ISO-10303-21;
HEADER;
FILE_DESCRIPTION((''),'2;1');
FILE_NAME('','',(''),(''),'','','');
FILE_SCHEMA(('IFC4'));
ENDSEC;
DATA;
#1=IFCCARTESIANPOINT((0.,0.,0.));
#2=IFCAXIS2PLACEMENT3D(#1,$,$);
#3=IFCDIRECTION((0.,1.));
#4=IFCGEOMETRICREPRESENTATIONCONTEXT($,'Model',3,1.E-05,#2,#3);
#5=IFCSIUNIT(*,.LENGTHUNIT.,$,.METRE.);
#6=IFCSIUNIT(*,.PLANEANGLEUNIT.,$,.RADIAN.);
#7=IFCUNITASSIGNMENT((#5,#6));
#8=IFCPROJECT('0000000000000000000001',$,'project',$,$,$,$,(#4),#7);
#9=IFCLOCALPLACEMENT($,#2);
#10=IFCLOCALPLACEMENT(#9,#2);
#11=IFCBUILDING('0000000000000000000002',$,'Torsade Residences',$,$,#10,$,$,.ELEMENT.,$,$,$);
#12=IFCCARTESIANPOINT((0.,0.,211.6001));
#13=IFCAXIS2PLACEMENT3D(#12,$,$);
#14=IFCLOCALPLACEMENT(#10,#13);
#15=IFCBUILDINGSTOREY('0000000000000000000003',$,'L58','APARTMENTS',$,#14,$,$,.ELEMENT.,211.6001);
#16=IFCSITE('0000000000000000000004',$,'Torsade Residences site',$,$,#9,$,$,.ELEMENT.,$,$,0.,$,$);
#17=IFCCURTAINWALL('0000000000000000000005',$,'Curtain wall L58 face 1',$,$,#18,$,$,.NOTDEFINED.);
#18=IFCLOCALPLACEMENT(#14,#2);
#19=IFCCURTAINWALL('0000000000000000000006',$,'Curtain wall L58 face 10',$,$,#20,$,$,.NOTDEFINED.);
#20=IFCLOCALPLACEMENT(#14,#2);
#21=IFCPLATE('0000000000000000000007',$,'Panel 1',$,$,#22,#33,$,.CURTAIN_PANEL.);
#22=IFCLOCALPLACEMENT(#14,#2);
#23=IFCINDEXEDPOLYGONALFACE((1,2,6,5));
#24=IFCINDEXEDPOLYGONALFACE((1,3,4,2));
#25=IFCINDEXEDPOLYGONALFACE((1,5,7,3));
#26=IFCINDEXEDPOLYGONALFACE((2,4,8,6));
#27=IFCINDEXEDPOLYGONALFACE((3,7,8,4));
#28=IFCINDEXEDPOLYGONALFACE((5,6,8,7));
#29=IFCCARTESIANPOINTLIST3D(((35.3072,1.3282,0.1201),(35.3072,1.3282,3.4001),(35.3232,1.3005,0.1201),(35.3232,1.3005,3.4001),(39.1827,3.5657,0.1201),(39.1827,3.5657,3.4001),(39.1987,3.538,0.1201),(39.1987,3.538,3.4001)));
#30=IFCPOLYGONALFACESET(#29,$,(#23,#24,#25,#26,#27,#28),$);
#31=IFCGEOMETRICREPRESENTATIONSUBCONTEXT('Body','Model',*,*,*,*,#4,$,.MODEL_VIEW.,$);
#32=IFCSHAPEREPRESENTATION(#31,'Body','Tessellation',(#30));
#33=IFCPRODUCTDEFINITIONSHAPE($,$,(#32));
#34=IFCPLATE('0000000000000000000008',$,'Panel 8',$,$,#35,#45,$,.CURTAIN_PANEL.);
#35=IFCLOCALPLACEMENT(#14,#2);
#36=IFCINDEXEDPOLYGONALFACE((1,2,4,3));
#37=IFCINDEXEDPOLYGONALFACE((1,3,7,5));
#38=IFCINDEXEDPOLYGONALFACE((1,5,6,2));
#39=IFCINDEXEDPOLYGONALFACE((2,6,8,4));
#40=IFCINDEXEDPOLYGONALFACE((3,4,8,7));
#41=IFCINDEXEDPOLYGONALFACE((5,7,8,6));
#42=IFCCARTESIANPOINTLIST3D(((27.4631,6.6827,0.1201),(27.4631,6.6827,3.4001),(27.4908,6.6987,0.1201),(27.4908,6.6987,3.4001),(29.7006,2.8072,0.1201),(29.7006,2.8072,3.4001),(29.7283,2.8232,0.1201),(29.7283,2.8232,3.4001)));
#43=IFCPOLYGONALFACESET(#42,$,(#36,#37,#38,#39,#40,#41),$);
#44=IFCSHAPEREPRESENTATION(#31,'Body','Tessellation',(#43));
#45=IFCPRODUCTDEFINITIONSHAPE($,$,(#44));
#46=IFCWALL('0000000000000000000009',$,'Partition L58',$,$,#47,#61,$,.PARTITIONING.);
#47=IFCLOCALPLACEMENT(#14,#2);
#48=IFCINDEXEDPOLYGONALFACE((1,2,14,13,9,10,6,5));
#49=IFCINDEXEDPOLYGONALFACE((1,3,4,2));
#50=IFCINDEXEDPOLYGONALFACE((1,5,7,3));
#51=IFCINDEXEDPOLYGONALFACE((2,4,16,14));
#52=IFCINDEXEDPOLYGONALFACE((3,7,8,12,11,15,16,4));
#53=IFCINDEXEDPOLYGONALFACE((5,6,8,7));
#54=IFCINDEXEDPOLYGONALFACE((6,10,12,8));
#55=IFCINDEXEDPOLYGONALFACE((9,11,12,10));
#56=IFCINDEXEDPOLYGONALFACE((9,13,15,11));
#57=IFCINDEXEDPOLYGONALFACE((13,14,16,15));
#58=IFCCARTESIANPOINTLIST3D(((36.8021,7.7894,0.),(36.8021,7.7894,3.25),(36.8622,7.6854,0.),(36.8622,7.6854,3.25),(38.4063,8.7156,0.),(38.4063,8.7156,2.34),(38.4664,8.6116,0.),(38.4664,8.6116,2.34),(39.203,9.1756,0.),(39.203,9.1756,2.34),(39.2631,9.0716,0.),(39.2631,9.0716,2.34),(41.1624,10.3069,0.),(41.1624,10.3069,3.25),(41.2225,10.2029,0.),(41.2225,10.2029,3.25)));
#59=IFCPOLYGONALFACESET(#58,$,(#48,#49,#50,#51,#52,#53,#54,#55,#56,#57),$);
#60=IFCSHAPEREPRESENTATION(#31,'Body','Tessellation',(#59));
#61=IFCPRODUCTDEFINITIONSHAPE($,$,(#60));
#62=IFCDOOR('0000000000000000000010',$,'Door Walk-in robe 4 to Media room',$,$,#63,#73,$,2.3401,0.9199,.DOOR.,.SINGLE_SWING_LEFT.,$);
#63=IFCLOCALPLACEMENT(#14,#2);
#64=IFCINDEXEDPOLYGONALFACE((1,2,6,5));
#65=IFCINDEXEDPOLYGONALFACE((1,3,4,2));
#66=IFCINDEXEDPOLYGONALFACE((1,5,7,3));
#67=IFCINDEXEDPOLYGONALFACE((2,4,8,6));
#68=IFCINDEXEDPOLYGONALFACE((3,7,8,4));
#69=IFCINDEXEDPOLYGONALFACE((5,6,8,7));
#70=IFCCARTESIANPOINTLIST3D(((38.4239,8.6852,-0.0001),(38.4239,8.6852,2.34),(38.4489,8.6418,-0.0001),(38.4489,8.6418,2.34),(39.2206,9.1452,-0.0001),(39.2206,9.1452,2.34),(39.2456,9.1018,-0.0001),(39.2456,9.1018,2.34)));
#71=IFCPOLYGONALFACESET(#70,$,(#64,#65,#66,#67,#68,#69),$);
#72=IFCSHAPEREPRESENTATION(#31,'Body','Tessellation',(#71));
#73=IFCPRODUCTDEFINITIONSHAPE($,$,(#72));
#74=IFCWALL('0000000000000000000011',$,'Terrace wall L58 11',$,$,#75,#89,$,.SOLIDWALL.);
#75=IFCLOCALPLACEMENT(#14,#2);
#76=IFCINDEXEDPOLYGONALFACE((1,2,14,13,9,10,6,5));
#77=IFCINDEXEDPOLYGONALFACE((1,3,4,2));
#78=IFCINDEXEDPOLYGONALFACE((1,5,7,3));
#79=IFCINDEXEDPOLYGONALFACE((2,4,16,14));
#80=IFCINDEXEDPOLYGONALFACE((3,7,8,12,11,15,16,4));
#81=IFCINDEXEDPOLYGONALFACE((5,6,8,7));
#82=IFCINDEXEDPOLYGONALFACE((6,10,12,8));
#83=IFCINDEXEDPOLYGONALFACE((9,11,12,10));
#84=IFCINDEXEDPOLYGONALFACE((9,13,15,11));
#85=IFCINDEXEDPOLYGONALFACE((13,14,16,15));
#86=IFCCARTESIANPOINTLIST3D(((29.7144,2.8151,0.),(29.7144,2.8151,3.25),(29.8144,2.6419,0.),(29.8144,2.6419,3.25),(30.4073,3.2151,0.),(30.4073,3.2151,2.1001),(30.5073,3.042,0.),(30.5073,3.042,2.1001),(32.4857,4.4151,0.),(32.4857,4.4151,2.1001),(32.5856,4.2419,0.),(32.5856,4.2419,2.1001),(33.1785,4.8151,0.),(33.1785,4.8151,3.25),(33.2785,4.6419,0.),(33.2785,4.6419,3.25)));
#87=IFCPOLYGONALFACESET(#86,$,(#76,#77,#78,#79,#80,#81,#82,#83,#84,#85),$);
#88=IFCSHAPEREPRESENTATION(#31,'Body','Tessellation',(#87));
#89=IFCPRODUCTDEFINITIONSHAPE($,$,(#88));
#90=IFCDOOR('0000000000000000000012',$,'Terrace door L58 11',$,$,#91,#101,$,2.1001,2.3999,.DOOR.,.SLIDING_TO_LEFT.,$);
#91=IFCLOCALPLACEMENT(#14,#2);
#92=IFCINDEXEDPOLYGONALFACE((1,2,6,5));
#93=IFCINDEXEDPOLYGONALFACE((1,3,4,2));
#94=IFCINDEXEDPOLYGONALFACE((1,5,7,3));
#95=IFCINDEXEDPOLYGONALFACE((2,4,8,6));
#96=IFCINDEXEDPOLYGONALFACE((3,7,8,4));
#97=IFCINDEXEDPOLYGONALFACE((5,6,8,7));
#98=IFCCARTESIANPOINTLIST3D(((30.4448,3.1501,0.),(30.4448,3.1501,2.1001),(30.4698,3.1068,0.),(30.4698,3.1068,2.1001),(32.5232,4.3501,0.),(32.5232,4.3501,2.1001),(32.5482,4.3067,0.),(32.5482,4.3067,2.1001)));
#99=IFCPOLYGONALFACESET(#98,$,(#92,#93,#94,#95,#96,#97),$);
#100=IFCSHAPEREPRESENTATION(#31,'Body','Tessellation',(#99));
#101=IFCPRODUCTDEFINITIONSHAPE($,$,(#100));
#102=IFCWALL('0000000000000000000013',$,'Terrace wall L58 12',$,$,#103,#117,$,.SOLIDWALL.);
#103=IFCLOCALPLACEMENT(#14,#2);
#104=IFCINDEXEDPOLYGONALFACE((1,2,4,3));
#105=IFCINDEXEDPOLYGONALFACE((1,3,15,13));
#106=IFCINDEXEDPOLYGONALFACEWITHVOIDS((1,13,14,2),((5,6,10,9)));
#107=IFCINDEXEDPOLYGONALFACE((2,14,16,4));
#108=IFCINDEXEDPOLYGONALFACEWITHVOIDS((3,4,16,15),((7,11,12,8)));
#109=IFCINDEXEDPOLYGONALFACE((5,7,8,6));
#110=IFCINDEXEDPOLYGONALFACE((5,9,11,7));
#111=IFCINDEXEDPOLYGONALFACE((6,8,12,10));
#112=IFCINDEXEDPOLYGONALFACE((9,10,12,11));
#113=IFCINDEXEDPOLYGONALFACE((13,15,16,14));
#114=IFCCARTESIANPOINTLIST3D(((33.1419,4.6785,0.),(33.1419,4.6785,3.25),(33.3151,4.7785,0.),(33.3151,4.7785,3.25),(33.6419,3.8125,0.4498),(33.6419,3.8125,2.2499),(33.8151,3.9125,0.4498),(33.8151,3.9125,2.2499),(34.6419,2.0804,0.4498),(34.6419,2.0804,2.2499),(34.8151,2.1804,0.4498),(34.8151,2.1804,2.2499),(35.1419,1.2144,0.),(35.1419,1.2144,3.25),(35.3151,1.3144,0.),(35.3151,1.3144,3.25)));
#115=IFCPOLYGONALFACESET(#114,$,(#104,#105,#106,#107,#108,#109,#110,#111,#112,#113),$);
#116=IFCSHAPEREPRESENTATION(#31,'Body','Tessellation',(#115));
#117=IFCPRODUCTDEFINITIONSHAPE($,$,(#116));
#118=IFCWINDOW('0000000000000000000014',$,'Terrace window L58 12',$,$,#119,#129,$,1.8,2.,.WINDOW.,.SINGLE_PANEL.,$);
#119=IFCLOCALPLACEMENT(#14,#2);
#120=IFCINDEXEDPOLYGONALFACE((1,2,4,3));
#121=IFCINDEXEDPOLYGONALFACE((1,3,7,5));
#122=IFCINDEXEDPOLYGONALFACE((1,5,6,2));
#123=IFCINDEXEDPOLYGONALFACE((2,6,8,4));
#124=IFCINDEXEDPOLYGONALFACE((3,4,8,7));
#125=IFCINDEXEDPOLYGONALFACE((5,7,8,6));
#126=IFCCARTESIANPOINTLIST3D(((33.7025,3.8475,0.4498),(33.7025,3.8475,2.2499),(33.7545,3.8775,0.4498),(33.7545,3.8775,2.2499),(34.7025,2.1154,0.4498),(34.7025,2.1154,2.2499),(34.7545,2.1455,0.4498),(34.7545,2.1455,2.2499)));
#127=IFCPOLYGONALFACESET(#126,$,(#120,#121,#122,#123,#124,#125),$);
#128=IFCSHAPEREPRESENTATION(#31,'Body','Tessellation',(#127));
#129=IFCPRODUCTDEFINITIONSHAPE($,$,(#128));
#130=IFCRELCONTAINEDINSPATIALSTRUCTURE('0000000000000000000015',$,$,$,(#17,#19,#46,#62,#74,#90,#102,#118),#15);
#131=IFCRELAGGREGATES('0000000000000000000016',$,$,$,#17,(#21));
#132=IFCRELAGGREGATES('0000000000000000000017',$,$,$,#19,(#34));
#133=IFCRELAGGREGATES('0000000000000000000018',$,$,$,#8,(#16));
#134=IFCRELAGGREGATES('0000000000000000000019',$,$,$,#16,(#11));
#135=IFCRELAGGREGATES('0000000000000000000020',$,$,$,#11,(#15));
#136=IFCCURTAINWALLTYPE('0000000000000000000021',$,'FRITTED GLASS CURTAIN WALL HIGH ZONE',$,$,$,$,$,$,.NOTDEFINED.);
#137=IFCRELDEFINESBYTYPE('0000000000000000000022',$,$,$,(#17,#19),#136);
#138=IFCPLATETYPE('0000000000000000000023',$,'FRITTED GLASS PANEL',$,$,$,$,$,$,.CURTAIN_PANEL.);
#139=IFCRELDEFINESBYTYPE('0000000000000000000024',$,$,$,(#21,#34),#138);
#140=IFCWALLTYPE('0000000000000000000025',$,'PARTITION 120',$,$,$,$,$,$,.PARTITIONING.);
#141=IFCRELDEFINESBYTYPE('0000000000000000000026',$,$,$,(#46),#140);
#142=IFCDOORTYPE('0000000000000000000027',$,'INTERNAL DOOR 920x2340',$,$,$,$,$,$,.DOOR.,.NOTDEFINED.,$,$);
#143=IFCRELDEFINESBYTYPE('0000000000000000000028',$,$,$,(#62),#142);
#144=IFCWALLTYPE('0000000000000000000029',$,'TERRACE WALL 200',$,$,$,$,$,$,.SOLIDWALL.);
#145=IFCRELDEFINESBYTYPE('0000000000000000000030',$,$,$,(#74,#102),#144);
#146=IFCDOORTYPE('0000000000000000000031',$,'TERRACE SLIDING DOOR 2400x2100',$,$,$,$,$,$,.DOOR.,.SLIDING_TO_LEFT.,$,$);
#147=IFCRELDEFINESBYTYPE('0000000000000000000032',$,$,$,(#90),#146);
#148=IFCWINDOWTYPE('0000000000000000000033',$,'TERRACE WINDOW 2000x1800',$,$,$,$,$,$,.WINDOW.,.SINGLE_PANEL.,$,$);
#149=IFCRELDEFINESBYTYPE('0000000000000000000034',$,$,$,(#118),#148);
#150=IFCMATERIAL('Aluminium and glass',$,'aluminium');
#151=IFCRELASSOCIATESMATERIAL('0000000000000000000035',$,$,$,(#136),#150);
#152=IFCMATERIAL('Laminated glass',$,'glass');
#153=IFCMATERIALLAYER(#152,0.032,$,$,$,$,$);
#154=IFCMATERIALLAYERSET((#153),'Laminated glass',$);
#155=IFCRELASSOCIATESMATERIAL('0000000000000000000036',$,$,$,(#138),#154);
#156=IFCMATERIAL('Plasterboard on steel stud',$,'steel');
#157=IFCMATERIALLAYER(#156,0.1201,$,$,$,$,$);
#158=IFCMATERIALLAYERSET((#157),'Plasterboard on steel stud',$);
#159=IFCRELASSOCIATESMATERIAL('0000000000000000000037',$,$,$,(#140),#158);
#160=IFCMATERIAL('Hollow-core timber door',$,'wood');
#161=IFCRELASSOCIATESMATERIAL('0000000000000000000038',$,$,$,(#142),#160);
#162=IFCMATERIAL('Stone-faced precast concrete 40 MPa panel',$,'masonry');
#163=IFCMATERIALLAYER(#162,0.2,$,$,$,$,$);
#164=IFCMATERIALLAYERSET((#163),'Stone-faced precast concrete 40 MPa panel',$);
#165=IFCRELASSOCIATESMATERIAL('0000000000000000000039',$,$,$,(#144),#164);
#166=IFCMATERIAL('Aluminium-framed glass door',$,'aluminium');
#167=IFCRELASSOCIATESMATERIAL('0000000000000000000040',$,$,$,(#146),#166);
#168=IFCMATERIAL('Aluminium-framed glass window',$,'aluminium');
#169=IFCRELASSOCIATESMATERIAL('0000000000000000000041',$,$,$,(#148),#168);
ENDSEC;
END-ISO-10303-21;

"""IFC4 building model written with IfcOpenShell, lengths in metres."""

from ifc_helpers import new_model, si_unit, direction, frame, frame_2d, origin, origin_2d, place, context, subcontext, project, spatial, rectangle, extrude, material, layer, layer_set, type_object, element, fill, aggregate, save


model = new_model("IFC4")

# Units and contexts
model_context = context("Model", 3, precision=1e-05, world=origin(), true_north=direction((0.0, 1.0)))
body_context = subcontext(model_context, "Body", "Model", "MODEL_VIEW")
ifc_project = project(units=[si_unit("LENGTHUNIT", "METRE"), si_unit("PLANEANGLEUNIT", "RADIAN")], contexts=[model_context])

# Site, building, storey
site_placement = place(None, origin())
site = spatial("IfcSite", under=ifc_project, at=site_placement, Name="Torsade Residences site", CompositionType="ELEMENT", RefElevation=0.0)
building_placement = place(site_placement, origin())
building = spatial("IfcBuilding", under=site, at=building_placement, Name="Torsade Residences", CompositionType="ELEMENT")
storey_placement = place(building_placement, frame((0.0, 0.0, 211.6001)))
storey = spatial("IfcBuildingStorey", under=building, at=storey_placement, Name="L58", Description="APARTMENTS", CompositionType="ELEMENT", Elevation=211.6001)

# Curtain walls
ifc_material_1 = material(Name="Aluminium and glass", Category="aluminium")
curtain_wall_type = type_object("IfcCurtainWallType", Name="FRITTED GLASS CURTAIN WALL HIGH ZONE", PredefinedType="NOTDEFINED", material=ifc_material_1)
curtain_wall_1_placement = place(storey_placement, origin())
curtain_wall_1 = element("IfcCurtainWall", 1, at=curtain_wall_1_placement, inside=storey, type_object=curtain_wall_type, Name="Curtain wall L58 face 1", PredefinedType="NOTDEFINED")
curtain_wall_2_placement = place(storey_placement, origin())
curtain_wall_2 = element("IfcCurtainWall", 2, at=curtain_wall_2_placement, inside=storey, type_object=curtain_wall_type, Name="Curtain wall L58 face 10", PredefinedType="NOTDEFINED")

# Plates
ifc_material_2 = material(Name="Laminated glass", Category="glass")
ifc_layer_1 = layer(ifc_material_2, 0.032)
ifc_layer_set_1 = layer_set([ifc_layer_1], Name="Laminated glass")
plate_type = type_object("IfcPlateType", Name="FRITTED GLASS PANEL", PredefinedType="CURTAIN_PANEL", material=ifc_layer_set_1)
plate_1_placement = place(storey_placement, frame((37.2529, 2.4331, 0.1201), z_axis=(0.0, 0.0, 1.0), x_axis=(0.866025, 0.5, 0.0)))
plate_1 = element("IfcPlate", 3, at=plate_1_placement, type_object=plate_type, Name="Panel 1", PredefinedType="CURTAIN_PANEL", context=body_context, shape_type="SweptSolid", body=[
    extrude(rectangle(XDim=4.4751, YDim=0.032, at=origin_2d()), origin(), (0.0, 0.0, 1.0), 3.28),
])
aggregate(curtain_wall_1, [plate_1])
plate_2_placement = place(storey_placement, frame((28.5957, 4.7529, 0.1201), z_axis=(0.0, 0.0, 1.0), x_axis=(0.5, -0.866025, 0.0)))
plate_2 = element("IfcPlate", 4, at=plate_2_placement, type_object=plate_type, Name="Panel 8", PredefinedType="CURTAIN_PANEL", context=body_context, shape_type="SweptSolid", body=[
    extrude(rectangle(XDim=4.4751, YDim=0.032, at=origin_2d()), origin(), (0.0, 0.0, 1.0), 3.28),
])
aggregate(curtain_wall_2, [plate_2])

# Walls, openings, doors
ifc_material_3 = material(Name="Plasterboard on steel stud", Category="steel")
ifc_layer_2 = layer(ifc_material_3, 0.1201)
ifc_layer_set_2 = layer_set([ifc_layer_2], Name="Plasterboard on steel stud")
wall_type_1 = type_object("IfcWallType", Name="PARTITION 120", PredefinedType="PARTITIONING", material=ifc_layer_set_2)
wall_1_placement = place(storey_placement, frame((36.832, 7.7373, 0.0), z_axis=(0.0, 0.0, 1.0), x_axis=(0.866014, 0.500019, 0.0)))
wall_1 = element("IfcWall", 5, at=wall_1_placement, inside=storey, type_object=wall_type_1, Name="Partition L58", PredefinedType="PARTITIONING", context=body_context, shape_type="SweptSolid", body=[
    extrude(rectangle(XDim=5.0349, YDim=0.1201, at=frame_2d((2.5176, 0.0))), origin(), (0.0, 0.0, 1.0), 3.25),
])
opening_1_placement = place(wall_1_placement, frame((1.8525, 0.0, 0.0)))
opening_1 = element("IfcOpeningElement", 6, at=opening_1_placement, cuts=wall_1, PredefinedType="OPENING", context=body_context, shape_type="SweptSolid", body=[
    extrude(rectangle(XDim=0.9199, YDim=2.3401, at=frame_2d((0.46, 1.1699))), frame((0.0, 0.0701, 0.0), z_axis=(0.0, -1.0, 0.0), x_axis=(1.0, 0.0, 0.0)), (0.0, 0.0, 1.0), 0.1401),
])
ifc_material_4 = material(Name="Hollow-core timber door", Category="wood")
door_type_1 = type_object("IfcDoorType", Name="INTERNAL DOOR 920x2340", OperationType="NOTDEFINED", PredefinedType="DOOR", material=ifc_material_4)
door_1_placement = place(opening_1_placement, origin())
door_1 = element("IfcDoor", 7, at=door_1_placement, inside=storey, type_object=door_type_1, Name="Door Walk-in robe 4 to Media room", OperationType="SINGLE_SWING_LEFT", OverallHeight=2.3401, OverallWidth=0.9199, PredefinedType="DOOR", context=body_context, shape_type="SweptSolid", body=[
    extrude(rectangle(XDim=0.9199, YDim=2.3401, at=frame_2d((0.46, 1.1699))), frame((0.0, 0.0249, 0.0), z_axis=(0.0, -1.0, 0.0), x_axis=(1.0, 0.0, 0.0)), (0.0, 0.0, 1.0), 0.05),
])
fill(opening_1, door_1)
ifc_material_5 = material(Name="Stone-faced precast concrete 40 MPa panel", Category="masonry")
ifc_layer_3 = layer(ifc_material_5, 0.2)
ifc_layer_set_3 = layer_set([ifc_layer_3], Name="Stone-faced precast concrete 40 MPa panel")
wall_type_2 = type_object("IfcWallType", Name="TERRACE WALL 200", PredefinedType="SOLIDWALL", material=ifc_layer_set_3)
wall_2_placement = place(storey_placement, frame((29.7644, 2.7285, 0.0), z_axis=(0.0, 0.0, 1.0), x_axis=(0.866026, 0.499999, 0.0)))
wall_2 = element("IfcWall", 8, at=wall_2_placement, inside=storey, type_object=wall_type_2, Name="Terrace wall L58 11", PredefinedType="SOLIDWALL", context=body_context, shape_type="SweptSolid", body=[
    extrude(rectangle(XDim=4.0, YDim=0.2, at=frame_2d((2.0, 0.0))), origin(), (0.0, 0.0, 1.0), 3.25),
])
opening_2_placement = place(wall_2_placement, frame((0.8, 0.0, 0.0)))
opening_2 = element("IfcOpeningElement", 9, at=opening_2_placement, cuts=wall_2, PredefinedType="OPENING", context=body_context, shape_type="SweptSolid", body=[
    extrude(rectangle(XDim=2.3999, YDim=2.1001, at=frame_2d((1.2, 1.05))), frame((0.0, 0.1099, 0.0), z_axis=(0.0, -1.0, 0.0), x_axis=(1.0, 0.0, 0.0)), (0.0, 0.0, 1.0), 0.22),
])
ifc_material_6 = material(Name="Aluminium-framed glass door", Category="aluminium")
door_type_2 = type_object("IfcDoorType", Name="TERRACE SLIDING DOOR 2400x2100", OperationType="SLIDING_TO_LEFT", PredefinedType="DOOR", material=ifc_material_6)
door_2_placement = place(opening_2_placement, origin())
door_2 = element("IfcDoor", 10, at=door_2_placement, inside=storey, type_object=door_type_2, Name="Terrace door L58 11", OperationType="SLIDING_TO_LEFT", OverallHeight=2.1001, OverallWidth=2.3999, PredefinedType="DOOR", context=body_context, shape_type="SweptSolid", body=[
    extrude(rectangle(XDim=2.3999, YDim=2.1001, at=frame_2d((1.2, 1.05))), frame((0.0, 0.0249, 0.0), z_axis=(0.0, -1.0, 0.0), x_axis=(1.0, 0.0, 0.0)), (0.0, 0.0, 1.0), 0.05),
])
fill(opening_2, door_2)

# Wall, opening, window
wall_3_placement = place(storey_placement, frame((33.2285, 4.7285, 0.0), z_axis=(0.0, 0.0, 1.0), x_axis=(0.499999, -0.866026, 0.0)))
wall_3 = element("IfcWall", 11, at=wall_3_placement, inside=storey, type_object=wall_type_2, Name="Terrace wall L58 12", PredefinedType="SOLIDWALL", context=body_context, shape_type="SweptSolid", body=[
    extrude(rectangle(XDim=4.0, YDim=0.2, at=frame_2d((2.0, 0.0))), origin(), (0.0, 0.0, 1.0), 3.25),
])
opening_3_placement = place(wall_3_placement, frame((1.0, 0.0, 0.45)))
opening_3 = element("IfcOpeningElement", 12, at=opening_3_placement, cuts=wall_3, PredefinedType="OPENING", context=body_context, shape_type="SweptSolid", body=[
    extrude(rectangle(XDim=2.0, YDim=1.8, at=frame_2d((1.0, 0.8999))), frame((0.0, 0.1099, 0.0), z_axis=(0.0, -1.0, 0.0), x_axis=(1.0, 0.0, 0.0)), (0.0, 0.0, 1.0), 0.22),
])
ifc_material_7 = material(Name="Aluminium-framed glass window", Category="aluminium")
window_type = type_object("IfcWindowType", Name="TERRACE WINDOW 2000x1800", PartitioningType="SINGLE_PANEL", PredefinedType="WINDOW", material=ifc_material_7)
window_placement = place(opening_3_placement, origin())
window = element("IfcWindow", 13, at=window_placement, inside=storey, type_object=window_type, Name="Terrace window L58 12", OverallHeight=1.8, OverallWidth=2.0, PartitioningType="SINGLE_PANEL", PredefinedType="WINDOW", context=body_context, shape_type="SweptSolid", body=[
    extrude(rectangle(XDim=2.0, YDim=1.8, at=frame_2d((1.0, 0.8999))), frame((0.0, 0.03, 0.0), z_axis=(0.0, -1.0, 0.0), x_axis=(1.0, 0.0, 0.0)), (0.0, 0.0, 1.0), 0.0601),
])
fill(opening_3, window)

save(model, "model.ifc")
